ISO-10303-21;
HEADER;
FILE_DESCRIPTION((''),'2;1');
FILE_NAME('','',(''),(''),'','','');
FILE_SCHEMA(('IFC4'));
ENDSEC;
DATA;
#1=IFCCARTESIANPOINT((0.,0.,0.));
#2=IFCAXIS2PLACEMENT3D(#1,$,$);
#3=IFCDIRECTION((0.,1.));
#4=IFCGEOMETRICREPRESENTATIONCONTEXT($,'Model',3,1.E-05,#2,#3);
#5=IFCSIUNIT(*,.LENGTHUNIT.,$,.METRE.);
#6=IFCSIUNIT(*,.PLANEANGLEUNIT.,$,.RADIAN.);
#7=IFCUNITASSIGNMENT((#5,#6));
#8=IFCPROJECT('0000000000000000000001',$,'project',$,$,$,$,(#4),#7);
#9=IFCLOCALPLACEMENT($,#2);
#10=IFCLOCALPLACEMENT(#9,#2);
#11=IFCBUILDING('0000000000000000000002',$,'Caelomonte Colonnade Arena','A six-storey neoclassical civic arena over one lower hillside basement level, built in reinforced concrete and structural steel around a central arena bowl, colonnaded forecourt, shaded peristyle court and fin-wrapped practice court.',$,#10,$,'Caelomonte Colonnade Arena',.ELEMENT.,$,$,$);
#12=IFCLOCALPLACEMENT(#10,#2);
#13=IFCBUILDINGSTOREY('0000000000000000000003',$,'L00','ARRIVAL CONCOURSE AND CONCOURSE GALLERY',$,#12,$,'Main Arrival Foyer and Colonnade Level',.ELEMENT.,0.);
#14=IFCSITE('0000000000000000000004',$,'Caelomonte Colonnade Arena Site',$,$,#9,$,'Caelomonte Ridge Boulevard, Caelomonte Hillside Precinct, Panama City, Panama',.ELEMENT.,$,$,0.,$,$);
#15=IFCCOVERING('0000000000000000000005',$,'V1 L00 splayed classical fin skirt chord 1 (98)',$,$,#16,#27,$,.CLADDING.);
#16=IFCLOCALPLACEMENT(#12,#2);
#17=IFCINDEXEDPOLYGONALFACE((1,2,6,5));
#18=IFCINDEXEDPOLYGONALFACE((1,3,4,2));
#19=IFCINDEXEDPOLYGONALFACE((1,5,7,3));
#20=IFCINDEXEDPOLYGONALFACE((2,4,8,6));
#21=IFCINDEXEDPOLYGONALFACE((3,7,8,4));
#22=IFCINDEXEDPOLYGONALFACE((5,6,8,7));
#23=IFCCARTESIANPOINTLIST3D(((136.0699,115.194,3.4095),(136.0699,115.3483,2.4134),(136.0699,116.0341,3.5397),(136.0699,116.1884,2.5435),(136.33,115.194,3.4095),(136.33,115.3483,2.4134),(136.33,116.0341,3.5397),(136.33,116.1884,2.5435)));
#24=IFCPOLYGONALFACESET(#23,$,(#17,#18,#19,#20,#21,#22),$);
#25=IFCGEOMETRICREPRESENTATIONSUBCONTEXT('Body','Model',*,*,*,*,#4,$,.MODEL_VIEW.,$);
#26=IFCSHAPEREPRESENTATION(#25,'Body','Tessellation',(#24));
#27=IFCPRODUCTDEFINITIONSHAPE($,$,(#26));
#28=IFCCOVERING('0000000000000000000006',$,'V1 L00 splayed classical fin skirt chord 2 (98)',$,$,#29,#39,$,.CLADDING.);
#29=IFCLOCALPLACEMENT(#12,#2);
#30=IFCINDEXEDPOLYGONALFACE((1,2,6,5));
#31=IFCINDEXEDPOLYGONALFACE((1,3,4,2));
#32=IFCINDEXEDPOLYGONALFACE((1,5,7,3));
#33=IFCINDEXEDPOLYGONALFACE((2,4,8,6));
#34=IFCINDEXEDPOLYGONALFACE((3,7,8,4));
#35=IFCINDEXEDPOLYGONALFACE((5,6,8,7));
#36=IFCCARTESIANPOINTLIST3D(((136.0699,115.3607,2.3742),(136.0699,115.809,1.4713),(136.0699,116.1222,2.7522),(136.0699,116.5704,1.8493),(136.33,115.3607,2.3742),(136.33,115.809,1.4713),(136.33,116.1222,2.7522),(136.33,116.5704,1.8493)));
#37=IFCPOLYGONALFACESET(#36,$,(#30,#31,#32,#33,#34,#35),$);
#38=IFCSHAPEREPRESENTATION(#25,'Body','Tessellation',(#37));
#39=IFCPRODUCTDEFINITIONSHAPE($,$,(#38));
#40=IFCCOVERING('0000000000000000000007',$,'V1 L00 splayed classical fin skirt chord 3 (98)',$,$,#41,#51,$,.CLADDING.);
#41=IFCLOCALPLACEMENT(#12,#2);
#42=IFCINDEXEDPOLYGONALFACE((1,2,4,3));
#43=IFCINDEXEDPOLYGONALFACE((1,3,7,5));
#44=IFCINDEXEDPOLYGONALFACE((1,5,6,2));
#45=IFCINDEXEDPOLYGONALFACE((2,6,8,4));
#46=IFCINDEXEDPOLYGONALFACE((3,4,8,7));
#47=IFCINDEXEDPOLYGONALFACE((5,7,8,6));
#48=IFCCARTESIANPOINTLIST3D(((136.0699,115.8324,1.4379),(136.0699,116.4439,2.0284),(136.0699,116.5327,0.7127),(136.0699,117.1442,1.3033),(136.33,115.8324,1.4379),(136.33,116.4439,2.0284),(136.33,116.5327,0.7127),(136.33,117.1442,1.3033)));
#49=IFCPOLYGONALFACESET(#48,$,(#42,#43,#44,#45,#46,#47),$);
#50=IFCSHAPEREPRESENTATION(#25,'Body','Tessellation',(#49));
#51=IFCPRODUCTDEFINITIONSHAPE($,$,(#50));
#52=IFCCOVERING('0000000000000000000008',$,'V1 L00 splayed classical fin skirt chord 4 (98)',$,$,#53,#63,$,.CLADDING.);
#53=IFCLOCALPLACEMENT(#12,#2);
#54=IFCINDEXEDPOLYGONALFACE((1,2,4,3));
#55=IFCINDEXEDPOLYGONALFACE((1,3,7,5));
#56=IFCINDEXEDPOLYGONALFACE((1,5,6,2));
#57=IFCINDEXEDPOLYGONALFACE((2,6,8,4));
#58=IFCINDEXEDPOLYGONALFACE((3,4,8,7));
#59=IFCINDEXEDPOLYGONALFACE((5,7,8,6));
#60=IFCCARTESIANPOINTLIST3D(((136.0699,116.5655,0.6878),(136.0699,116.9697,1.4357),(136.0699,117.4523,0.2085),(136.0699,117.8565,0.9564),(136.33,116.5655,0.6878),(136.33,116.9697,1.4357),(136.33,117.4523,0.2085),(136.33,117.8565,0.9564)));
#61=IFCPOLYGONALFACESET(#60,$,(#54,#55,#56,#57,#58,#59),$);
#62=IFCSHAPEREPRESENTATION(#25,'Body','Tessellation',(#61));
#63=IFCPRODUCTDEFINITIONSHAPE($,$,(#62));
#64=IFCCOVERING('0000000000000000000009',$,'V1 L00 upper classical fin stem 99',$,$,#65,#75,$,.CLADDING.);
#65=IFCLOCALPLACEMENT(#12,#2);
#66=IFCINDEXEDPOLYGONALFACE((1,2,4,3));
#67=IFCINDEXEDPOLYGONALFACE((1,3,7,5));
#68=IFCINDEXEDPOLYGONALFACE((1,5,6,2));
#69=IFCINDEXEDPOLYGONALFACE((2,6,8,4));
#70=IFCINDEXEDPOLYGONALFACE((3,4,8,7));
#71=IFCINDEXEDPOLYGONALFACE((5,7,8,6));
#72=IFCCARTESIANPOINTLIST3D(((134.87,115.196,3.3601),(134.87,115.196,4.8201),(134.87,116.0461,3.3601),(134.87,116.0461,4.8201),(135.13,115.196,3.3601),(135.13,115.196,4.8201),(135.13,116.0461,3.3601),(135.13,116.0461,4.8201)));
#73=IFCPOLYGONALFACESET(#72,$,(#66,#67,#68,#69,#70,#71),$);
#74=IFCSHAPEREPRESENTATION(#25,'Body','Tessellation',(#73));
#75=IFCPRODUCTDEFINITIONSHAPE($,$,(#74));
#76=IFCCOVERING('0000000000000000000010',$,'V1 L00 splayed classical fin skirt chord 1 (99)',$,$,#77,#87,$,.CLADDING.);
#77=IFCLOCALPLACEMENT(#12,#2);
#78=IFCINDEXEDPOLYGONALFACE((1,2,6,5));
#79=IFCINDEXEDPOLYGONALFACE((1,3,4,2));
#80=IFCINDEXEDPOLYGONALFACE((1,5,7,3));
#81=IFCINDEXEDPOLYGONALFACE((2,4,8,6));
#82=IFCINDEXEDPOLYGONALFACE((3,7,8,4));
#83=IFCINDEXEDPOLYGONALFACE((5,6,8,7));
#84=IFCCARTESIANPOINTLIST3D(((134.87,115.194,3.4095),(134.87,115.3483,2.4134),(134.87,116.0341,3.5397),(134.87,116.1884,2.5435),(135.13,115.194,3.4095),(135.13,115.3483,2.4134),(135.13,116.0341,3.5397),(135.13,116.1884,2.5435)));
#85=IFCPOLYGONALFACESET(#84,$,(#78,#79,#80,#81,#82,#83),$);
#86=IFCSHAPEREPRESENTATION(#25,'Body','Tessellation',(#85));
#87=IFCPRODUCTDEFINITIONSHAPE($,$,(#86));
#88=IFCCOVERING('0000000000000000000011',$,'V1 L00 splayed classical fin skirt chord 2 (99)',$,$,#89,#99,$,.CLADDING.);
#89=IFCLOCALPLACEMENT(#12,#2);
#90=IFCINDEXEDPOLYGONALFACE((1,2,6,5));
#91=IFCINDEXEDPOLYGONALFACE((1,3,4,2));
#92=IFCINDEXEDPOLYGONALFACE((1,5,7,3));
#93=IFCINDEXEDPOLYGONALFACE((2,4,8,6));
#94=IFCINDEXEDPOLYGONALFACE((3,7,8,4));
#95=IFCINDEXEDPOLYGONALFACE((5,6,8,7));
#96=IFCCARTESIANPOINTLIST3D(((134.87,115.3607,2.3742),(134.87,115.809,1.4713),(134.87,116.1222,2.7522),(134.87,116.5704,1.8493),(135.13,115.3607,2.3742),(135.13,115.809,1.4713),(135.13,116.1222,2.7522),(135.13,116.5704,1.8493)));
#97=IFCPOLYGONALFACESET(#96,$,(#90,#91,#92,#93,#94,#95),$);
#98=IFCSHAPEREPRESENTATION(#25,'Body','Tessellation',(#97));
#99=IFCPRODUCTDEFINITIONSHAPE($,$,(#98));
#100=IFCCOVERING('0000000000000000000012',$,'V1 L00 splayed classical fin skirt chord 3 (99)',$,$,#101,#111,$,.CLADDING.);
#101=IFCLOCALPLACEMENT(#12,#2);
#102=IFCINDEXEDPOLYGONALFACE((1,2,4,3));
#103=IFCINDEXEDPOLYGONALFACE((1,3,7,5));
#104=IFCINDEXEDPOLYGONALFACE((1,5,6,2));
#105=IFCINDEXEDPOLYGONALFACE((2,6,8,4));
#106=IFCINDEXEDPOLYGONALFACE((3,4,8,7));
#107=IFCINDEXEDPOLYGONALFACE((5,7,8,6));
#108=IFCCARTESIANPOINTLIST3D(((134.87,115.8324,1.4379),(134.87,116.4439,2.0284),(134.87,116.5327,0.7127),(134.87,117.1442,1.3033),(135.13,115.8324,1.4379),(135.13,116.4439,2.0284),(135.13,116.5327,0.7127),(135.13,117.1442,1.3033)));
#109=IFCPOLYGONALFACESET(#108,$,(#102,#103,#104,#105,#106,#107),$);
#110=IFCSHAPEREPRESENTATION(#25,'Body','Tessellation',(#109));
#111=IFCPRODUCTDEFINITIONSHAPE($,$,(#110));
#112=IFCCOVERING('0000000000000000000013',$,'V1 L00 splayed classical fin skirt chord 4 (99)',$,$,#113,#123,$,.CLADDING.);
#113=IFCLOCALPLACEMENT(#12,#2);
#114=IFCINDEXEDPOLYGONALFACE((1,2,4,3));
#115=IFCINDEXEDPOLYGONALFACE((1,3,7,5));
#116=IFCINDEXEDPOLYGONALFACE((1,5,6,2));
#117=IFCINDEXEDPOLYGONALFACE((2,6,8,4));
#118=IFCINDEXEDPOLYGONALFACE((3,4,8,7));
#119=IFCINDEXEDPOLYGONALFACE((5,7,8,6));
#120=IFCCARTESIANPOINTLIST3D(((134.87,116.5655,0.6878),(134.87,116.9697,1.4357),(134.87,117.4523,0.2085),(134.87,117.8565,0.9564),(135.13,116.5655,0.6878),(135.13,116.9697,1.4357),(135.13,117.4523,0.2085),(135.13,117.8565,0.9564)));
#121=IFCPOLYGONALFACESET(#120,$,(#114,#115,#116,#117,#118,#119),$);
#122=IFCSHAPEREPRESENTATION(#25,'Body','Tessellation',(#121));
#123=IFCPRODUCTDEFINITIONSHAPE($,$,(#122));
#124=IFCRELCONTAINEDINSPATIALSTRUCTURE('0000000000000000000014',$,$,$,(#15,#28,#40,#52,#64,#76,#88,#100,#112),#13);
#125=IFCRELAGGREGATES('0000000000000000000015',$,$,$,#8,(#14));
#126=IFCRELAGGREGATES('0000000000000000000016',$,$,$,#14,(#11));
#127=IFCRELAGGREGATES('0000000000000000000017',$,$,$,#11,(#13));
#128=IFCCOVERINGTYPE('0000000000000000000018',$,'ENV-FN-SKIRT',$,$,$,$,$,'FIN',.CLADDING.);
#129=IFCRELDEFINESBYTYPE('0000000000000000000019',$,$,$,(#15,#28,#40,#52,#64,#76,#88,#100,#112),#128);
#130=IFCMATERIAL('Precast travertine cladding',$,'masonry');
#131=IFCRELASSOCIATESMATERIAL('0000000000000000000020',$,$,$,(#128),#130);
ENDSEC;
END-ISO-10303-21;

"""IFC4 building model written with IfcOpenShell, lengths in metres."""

from ifc_helpers import new_model, si_unit, direction, frame, origin, origin_2d, place, context, subcontext, project, spatial, rectangle, extrude, material, material_profile, profile_set, type_object, element, save


model = new_model("IFC4")

# Units and contexts
model_context = context("Model", 3, precision=1e-05, world=origin(), true_north=direction((0.0, 1.0)))
body_context = subcontext(model_context, "Body", "Model", "MODEL_VIEW")
ifc_project = project(units=[si_unit("LENGTHUNIT", "METRE"), si_unit("PLANEANGLEUNIT", "RADIAN")], contexts=[model_context])

# Site, building, storey
site_placement = place(None, origin())
site = spatial("IfcSite", under=ifc_project, at=site_placement, Name="Caelomonte Colonnade Arena Site", LongName="Caelomonte Ridge Boulevard, Caelomonte Hillside Precinct, Panama City, Panama", CompositionType="ELEMENT", RefElevation=0.0)
building_placement = place(site_placement, origin())
building = spatial("IfcBuilding", under=site, at=building_placement, Name="Caelomonte Colonnade Arena", Description="A six-storey neoclassical civic arena over one lower hillside basement level, built in reinforced concrete and structural steel around a central arena bowl, colonnaded forecourt, shaded peristyle court and fin-wrapped practice court.", LongName="Caelomonte Colonnade Arena", CompositionType="ELEMENT")
storey_placement = place(building_placement, origin())
storey = spatial("IfcBuildingStorey", under=building, at=storey_placement, Name="L00", Description="ARRIVAL CONCOURSE AND CONCOURSE GALLERY", LongName="Main Arrival Foyer and Colonnade Level", CompositionType="ELEMENT", Elevation=0.0)

# Coverings
ifc_material = material(Name="Precast travertine cladding", Category="masonry")
ifc_material_profile = material_profile(ifc_material, rectangle(XDim=0.26, YDim=0.8501, at=origin_2d()), Name="FIN260X850")
ifc_profile_set = profile_set([ifc_material_profile], Name="Precast travertine cladding")
covering_type = type_object("IfcCoveringType", Name="ENV-FN-SKIRT", ElementType="FIN", PredefinedType="CLADDING", material=ifc_profile_set)
for number, where, z_axis, x_axis, name in (
    (1, (136.2, 115.614, 3.4746), (0.0, 0.153076, -0.988214), (-1.0, 0.0, 0.0), "V1 L00 splayed classical fin skirt chord 1 (98)"),
    (2, (136.2, 115.7415, 2.5632), (0.0, 0.444693, -0.895683), (-1.0, 0.0, 0.0), "V1 L00 splayed classical fin skirt chord 2 (98)"),
    (3, (136.2, 116.1382, 1.7332), (0.0, 0.694646, -0.719351), (-1.0, 0.0, 0.0), "V1 L00 splayed classical fin skirt chord 3 (98)"),
    (4, (136.2, 116.7676, 1.0618), (0.0, 0.879731, -0.475471), (-1.0, 0.0, 0.0), "V1 L00 splayed classical fin skirt chord 4 (98)"),
):
    element("IfcCovering", number, at=place(storey_placement, frame(where, z_axis=z_axis, x_axis=x_axis)), inside=storey, type_object=covering_type, Name=name, PredefinedType="CLADDING", context=body_context, shape_type="SweptSolid", body=[
        extrude(rectangle(XDim=0.26, YDim=0.8501, at=origin_2d()), origin(), (0.0, 0.0, 1.0), 1.0081),
    ])
covering_1_placement = place(storey_placement, frame((135.0, 115.6211, 3.3601), z_axis=(0.0, 0.0, 1.0), x_axis=(1.0, 0.0, 0.0)))
element("IfcCovering", 5, at=covering_1_placement, inside=storey, type_object=covering_type, Name="V1 L00 upper classical fin stem 99", PredefinedType="CLADDING", context=body_context, shape_type="SweptSolid", body=[
    extrude(rectangle(XDim=0.26, YDim=0.8501, at=origin_2d()), origin(), (0.0, 0.0, 1.0), 1.46),
])
for number, where, z_axis, x_axis, name in (
    (6, (135.0, 115.614, 3.4746), (0.0, 0.153076, -0.988214), (-1.0, 0.0, 0.0), "V1 L00 splayed classical fin skirt chord 1 (99)"),
    (7, (135.0, 115.7415, 2.5632), (0.0, 0.444693, -0.895683), (-1.0, 0.0, 0.0), "V1 L00 splayed classical fin skirt chord 2 (99)"),
    (8, (135.0, 116.1382, 1.7332), (0.0, 0.694646, -0.719351), (-1.0, 0.0, 0.0), "V1 L00 splayed classical fin skirt chord 3 (99)"),
    (9, (135.0, 116.7676, 1.0618), (0.0, 0.879731, -0.475471), (-1.0, 0.0, 0.0), "V1 L00 splayed classical fin skirt chord 4 (99)"),
):
    element("IfcCovering", number, at=place(storey_placement, frame(where, z_axis=z_axis, x_axis=x_axis)), inside=storey, type_object=covering_type, Name=name, PredefinedType="CLADDING", context=body_context, shape_type="SweptSolid", body=[
        extrude(rectangle(XDim=0.26, YDim=0.8501, at=origin_2d()), origin(), (0.0, 0.0, 1.0), 1.0081),
    ])

save(model, "model.ifc")
